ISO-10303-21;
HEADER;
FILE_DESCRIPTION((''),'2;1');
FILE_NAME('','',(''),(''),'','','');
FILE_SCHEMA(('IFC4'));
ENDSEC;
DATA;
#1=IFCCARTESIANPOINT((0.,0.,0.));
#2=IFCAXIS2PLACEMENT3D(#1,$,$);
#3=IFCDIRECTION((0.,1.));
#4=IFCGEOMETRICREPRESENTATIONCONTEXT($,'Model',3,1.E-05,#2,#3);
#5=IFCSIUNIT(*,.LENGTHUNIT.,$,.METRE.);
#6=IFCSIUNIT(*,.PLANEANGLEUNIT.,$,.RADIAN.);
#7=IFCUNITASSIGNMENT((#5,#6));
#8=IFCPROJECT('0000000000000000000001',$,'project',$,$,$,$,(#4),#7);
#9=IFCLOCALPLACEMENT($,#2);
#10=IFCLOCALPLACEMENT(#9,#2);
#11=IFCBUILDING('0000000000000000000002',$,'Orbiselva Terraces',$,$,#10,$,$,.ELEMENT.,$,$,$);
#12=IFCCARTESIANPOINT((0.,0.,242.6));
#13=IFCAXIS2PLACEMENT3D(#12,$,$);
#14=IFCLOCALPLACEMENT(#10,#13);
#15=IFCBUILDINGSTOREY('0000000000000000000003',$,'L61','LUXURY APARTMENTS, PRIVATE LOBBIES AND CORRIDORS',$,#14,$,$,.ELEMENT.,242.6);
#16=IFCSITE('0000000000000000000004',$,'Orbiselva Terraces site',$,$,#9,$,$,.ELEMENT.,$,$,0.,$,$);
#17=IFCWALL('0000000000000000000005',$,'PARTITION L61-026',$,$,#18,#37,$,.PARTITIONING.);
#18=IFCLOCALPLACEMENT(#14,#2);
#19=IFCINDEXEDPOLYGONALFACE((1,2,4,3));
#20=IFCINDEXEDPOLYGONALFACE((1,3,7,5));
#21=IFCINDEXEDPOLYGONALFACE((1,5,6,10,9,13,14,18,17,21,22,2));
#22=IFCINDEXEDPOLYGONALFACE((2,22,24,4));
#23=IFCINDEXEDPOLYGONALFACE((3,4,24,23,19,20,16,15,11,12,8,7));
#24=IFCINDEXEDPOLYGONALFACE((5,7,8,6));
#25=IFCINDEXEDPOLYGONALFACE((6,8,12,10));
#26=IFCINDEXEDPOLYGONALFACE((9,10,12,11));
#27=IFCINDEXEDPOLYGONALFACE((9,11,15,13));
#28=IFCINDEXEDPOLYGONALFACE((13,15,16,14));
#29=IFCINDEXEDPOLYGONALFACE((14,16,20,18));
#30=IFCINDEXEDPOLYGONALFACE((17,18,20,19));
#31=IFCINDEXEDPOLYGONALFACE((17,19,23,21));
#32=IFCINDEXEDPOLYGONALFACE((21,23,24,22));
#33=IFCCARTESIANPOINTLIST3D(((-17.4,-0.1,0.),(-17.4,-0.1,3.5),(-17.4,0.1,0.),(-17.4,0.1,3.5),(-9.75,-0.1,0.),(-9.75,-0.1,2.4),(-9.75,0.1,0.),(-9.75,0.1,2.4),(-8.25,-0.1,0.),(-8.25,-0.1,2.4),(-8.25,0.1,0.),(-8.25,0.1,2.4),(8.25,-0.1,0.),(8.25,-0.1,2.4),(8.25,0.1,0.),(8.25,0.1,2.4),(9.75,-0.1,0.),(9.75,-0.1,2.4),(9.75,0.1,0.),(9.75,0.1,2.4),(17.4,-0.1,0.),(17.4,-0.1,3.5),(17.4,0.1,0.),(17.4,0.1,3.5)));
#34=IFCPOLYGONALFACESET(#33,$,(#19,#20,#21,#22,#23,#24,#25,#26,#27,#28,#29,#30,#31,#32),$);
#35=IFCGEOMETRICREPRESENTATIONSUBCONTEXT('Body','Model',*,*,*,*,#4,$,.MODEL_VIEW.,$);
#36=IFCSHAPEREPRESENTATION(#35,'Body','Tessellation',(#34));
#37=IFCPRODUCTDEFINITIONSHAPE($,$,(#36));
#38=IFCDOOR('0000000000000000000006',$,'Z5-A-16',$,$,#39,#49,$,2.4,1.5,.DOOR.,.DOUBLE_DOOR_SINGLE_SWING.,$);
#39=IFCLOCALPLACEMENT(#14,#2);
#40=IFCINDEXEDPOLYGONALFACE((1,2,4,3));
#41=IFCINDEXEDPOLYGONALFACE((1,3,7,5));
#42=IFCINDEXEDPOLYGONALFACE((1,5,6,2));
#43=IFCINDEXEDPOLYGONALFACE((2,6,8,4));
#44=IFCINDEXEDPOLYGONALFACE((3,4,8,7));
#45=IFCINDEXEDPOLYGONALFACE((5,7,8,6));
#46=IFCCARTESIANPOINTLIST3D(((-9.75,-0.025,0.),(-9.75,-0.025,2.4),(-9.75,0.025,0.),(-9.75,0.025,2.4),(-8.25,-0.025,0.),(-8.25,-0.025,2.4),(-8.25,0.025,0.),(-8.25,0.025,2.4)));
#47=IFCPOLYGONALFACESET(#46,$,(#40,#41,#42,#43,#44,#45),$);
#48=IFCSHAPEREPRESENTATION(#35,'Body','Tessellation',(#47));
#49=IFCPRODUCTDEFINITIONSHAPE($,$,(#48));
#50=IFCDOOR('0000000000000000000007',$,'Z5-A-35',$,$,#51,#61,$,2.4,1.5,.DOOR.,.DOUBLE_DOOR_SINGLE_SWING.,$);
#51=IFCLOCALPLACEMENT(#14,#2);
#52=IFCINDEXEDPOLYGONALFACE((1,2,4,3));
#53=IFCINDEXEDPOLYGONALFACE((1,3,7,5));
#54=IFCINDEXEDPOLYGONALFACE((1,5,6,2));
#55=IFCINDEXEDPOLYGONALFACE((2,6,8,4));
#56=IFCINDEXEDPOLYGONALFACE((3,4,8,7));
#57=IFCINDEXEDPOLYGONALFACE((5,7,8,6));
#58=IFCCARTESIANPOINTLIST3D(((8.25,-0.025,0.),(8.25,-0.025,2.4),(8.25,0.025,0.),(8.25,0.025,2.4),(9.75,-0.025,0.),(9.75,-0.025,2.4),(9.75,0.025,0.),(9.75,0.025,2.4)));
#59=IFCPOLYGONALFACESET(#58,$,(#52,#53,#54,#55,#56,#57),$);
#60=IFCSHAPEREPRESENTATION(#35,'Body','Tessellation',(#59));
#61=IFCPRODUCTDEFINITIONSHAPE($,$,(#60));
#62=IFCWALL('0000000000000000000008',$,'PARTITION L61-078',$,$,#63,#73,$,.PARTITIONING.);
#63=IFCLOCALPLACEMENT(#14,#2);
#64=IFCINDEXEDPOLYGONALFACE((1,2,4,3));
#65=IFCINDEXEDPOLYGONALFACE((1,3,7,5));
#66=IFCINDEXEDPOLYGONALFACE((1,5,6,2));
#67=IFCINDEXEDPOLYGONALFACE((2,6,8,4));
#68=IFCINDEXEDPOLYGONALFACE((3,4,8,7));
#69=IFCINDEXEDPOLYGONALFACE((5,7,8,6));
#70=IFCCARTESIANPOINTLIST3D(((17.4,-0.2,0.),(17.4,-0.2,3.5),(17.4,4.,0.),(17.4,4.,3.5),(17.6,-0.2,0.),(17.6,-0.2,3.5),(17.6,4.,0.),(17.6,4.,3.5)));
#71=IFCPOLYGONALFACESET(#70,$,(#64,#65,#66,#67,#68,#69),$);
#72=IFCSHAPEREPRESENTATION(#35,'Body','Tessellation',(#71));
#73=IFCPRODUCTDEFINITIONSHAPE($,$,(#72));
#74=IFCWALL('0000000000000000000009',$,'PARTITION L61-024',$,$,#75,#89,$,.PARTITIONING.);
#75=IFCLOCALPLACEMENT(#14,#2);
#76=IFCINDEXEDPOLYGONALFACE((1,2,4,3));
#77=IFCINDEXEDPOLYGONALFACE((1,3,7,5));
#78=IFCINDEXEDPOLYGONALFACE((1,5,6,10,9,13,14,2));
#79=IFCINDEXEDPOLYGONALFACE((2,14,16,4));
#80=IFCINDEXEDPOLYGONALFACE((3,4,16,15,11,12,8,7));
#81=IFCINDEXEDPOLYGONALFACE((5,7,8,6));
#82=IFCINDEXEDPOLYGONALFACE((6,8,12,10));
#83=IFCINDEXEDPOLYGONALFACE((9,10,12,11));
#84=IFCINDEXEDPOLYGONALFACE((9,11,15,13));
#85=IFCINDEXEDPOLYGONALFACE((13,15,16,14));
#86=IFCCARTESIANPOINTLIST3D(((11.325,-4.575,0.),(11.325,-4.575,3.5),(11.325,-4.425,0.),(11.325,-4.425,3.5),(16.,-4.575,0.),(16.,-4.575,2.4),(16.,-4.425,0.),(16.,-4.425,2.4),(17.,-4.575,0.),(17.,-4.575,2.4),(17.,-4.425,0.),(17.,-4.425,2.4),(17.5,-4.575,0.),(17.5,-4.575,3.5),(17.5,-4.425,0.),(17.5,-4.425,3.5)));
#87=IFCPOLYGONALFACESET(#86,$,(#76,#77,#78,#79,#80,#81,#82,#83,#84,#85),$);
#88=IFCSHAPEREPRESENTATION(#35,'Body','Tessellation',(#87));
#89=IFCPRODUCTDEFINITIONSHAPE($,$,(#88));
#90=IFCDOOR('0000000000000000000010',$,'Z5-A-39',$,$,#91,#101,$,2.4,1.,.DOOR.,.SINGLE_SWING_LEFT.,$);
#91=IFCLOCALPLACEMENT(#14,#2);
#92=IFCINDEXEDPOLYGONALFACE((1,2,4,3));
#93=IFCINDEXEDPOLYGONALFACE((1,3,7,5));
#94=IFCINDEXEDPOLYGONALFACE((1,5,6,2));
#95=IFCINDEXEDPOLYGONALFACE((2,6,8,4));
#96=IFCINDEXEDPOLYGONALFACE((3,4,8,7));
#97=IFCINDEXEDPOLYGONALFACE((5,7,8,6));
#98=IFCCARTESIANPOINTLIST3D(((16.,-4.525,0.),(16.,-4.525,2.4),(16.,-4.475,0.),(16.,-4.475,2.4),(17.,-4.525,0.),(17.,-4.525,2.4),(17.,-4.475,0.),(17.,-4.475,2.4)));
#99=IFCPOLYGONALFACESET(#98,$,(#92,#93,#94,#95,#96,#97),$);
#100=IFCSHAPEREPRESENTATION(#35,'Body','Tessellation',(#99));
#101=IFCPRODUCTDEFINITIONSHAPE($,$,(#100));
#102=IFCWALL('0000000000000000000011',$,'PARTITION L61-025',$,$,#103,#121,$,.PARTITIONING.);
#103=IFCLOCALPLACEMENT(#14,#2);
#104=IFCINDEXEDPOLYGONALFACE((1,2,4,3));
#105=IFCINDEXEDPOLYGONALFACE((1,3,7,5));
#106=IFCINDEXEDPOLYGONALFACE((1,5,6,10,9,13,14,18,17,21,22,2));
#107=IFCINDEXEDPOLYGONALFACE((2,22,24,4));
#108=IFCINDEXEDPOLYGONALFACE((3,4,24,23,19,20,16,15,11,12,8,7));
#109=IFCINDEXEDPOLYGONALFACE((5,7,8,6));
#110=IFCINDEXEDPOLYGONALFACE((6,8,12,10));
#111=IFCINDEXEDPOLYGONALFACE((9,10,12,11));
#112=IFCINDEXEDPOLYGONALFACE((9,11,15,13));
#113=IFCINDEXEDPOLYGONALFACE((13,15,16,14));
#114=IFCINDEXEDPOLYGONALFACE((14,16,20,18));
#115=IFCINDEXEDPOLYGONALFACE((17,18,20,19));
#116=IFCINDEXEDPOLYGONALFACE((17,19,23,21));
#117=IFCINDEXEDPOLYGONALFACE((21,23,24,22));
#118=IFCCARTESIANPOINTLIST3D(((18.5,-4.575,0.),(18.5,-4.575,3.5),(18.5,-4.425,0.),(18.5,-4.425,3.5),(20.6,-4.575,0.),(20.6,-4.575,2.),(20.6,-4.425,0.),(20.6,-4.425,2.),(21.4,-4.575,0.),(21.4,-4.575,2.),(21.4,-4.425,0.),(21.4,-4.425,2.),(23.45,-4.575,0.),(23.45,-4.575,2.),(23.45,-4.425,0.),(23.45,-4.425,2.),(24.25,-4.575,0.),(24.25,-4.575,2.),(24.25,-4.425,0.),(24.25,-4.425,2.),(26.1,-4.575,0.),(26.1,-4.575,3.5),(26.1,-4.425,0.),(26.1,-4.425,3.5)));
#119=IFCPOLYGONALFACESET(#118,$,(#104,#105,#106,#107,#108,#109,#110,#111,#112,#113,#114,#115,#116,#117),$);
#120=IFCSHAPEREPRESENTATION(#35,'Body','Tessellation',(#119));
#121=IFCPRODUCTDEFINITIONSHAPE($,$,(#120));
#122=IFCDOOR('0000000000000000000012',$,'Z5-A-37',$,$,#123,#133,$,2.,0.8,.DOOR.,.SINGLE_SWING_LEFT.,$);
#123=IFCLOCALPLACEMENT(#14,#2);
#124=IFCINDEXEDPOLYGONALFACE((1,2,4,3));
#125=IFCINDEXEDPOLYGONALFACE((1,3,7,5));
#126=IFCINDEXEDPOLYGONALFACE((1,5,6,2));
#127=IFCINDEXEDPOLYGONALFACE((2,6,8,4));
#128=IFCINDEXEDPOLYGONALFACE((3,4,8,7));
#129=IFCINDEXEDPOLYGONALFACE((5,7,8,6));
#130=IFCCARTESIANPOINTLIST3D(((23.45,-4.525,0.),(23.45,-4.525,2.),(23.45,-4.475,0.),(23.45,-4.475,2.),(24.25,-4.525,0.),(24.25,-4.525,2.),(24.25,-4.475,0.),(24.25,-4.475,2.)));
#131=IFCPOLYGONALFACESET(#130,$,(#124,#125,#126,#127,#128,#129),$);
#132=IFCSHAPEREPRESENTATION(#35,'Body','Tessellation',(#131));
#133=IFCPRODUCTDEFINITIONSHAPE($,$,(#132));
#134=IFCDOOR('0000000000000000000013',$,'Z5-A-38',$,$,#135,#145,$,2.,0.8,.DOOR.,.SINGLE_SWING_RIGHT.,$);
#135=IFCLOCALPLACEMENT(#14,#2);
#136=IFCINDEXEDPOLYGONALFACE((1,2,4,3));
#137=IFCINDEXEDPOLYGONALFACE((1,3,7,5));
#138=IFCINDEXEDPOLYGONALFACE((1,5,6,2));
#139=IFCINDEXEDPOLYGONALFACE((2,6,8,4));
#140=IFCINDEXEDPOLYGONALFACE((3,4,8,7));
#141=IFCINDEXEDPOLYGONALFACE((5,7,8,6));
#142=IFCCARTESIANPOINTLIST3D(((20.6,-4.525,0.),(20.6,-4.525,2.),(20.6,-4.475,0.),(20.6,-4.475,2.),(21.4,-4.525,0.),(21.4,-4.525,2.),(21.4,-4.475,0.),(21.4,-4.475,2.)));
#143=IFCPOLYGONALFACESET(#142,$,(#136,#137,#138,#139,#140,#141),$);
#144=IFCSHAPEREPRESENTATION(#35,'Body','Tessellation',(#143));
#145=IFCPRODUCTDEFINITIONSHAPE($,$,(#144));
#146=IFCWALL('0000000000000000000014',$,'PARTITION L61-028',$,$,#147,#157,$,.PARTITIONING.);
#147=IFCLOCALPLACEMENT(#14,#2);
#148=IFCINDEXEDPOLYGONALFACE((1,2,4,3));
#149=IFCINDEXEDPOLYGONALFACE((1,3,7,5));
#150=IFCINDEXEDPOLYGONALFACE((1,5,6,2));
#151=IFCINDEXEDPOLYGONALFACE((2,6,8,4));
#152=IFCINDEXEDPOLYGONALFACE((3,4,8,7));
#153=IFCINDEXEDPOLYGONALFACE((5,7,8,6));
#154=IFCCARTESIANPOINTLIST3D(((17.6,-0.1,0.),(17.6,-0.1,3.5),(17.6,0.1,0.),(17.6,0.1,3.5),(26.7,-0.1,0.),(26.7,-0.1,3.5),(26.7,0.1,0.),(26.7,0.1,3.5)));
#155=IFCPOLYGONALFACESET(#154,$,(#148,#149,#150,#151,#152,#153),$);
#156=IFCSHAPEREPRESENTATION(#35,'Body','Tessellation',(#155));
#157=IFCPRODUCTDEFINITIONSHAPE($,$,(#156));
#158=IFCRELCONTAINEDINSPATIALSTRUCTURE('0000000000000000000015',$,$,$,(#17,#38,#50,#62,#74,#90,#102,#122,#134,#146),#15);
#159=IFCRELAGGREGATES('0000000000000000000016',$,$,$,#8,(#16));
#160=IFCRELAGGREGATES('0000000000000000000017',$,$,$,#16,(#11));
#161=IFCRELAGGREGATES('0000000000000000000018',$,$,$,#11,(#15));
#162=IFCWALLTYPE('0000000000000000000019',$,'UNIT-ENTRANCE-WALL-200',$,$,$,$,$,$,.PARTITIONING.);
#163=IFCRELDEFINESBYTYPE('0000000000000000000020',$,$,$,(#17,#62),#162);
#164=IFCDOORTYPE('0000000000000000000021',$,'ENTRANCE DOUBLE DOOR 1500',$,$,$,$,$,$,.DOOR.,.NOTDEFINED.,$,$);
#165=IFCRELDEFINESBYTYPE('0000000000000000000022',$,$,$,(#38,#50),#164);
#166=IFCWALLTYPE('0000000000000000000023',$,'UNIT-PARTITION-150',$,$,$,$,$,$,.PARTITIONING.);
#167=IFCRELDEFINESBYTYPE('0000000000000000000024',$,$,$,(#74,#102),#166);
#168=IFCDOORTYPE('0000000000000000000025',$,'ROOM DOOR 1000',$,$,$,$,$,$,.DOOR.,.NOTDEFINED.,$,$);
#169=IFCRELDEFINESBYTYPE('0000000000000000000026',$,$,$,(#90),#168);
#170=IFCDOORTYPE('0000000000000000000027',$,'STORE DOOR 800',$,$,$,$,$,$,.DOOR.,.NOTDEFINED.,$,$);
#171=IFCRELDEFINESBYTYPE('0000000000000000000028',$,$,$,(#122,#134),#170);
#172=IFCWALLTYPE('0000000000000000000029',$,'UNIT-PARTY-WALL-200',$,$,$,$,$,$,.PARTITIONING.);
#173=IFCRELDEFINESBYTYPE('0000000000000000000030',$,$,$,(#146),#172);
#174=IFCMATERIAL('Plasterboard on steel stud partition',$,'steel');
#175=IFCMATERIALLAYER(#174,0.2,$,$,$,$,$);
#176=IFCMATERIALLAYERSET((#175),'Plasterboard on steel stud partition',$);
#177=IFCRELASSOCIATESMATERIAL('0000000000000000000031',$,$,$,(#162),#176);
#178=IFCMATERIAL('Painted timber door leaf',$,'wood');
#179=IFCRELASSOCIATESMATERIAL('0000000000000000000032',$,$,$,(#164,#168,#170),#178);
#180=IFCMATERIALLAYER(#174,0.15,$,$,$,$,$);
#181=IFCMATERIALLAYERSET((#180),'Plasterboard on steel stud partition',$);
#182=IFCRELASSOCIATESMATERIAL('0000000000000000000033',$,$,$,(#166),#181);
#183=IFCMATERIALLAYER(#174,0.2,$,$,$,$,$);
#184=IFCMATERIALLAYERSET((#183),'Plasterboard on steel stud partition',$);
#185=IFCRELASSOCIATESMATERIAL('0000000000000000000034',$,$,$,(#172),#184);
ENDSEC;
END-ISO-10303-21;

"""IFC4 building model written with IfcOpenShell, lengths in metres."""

from ifc_helpers import new_model, si_unit, direction, frame, frame_2d, origin, place, context, subcontext, project, spatial, rectangle, extrude, material, layer, layer_set, type_object, element, fill, save


model = new_model("IFC4")

# Units and contexts
model_context = context("Model", 3, precision=1e-05, world=origin(), true_north=direction((0.0, 1.0)))
body_context = subcontext(model_context, "Body", "Model", "MODEL_VIEW")
ifc_project = project(units=[si_unit("LENGTHUNIT", "METRE"), si_unit("PLANEANGLEUNIT", "RADIAN")], contexts=[model_context])

# Site, building, storey
site_placement = place(None, origin())
site = spatial("IfcSite", under=ifc_project, at=site_placement, Name="Orbiselva Terraces site", CompositionType="ELEMENT", RefElevation=0.0)
building_placement = place(site_placement, origin())
building = spatial("IfcBuilding", under=site, at=building_placement, Name="Orbiselva Terraces", CompositionType="ELEMENT")
storey_placement = place(building_placement, frame((0.0, 0.0, 242.6)))
storey = spatial("IfcBuildingStorey", under=building, at=storey_placement, Name="L61", Description="LUXURY APARTMENTS, PRIVATE LOBBIES AND CORRIDORS", CompositionType="ELEMENT", Elevation=242.6)

# Wall, openings, doors
ifc_material_1 = material(Name="Plasterboard on steel stud partition", Category="steel")
ifc_layer_1 = layer(ifc_material_1, 0.2)
ifc_layer_set_1 = layer_set([ifc_layer_1], Name="Plasterboard on steel stud partition")
wall_type_1 = type_object("IfcWallType", Name="UNIT-ENTRANCE-WALL-200", PredefinedType="PARTITIONING", material=ifc_layer_set_1)
wall_1_placement = place(storey_placement, frame((17.4, 0.0, 0.0), z_axis=(0.0, 0.0, 1.0), x_axis=(-1.0, 0.0, 0.0)))
wall_1 = element("IfcWall", 1, at=wall_1_placement, inside=storey, type_object=wall_type_1, Name="PARTITION L61-026", PredefinedType="PARTITIONING", context=body_context, shape_type="SweptSolid", body=[
    extrude(rectangle(XDim=34.8, YDim=0.2, at=frame_2d((17.4, 0.0))), origin(), (0.0, 0.0, 1.0), 3.5),
])
opening_1_placement = place(wall_1_placement, frame((25.65, 0.0, 0.0)))
opening_1 = element("IfcOpeningElement", 2, at=opening_1_placement, cuts=wall_1, PredefinedType="OPENING", context=body_context, shape_type="SweptSolid", body=[
    extrude(rectangle(XDim=1.5, YDim=2.4, at=frame_2d((0.75, 1.2))), frame((0.0, 0.11, 0.0), z_axis=(0.0, -1.0, 0.0), x_axis=(1.0, 0.0, 0.0)), (0.0, 0.0, 1.0), 0.22),
])
opening_2_placement = place(wall_1_placement, frame((7.65, 0.0, 0.0)))
opening_2 = element("IfcOpeningElement", 3, at=opening_2_placement, cuts=wall_1, PredefinedType="OPENING", context=body_context, shape_type="SweptSolid", body=[
    extrude(rectangle(XDim=1.5, YDim=2.4, at=frame_2d((0.75, 1.2))), frame((0.0, 0.11, 0.0), z_axis=(0.0, -1.0, 0.0), x_axis=(1.0, 0.0, 0.0)), (0.0, 0.0, 1.0), 0.22),
])
ifc_material_2 = material(Name="Painted timber door leaf", Category="wood")
door_type_1 = type_object("IfcDoorType", Name="ENTRANCE DOUBLE DOOR 1500", OperationType="NOTDEFINED", PredefinedType="DOOR", material=ifc_material_2)
door_1_placement = place(opening_1_placement, origin())
door_1 = element("IfcDoor", 4, at=door_1_placement, inside=storey, type_object=door_type_1, Name="Z5-A-16", OperationType="DOUBLE_DOOR_SINGLE_SWING", OverallHeight=2.4, OverallWidth=1.5, PredefinedType="DOOR", context=body_context, shape_type="SweptSolid", body=[
    extrude(rectangle(XDim=1.5, YDim=2.4, at=frame_2d((0.75, 1.2))), frame((0.0, 0.025, 0.0), z_axis=(0.0, -1.0, 0.0), x_axis=(1.0, 0.0, 0.0)), (0.0, 0.0, 1.0), 0.05),
])
fill(opening_1, door_1)
door_2_placement = place(opening_2_placement, origin())
door_2 = element("IfcDoor", 5, at=door_2_placement, inside=storey, type_object=door_type_1, Name="Z5-A-35", OperationType="DOUBLE_DOOR_SINGLE_SWING", OverallHeight=2.4, OverallWidth=1.5, PredefinedType="DOOR", context=body_context, shape_type="SweptSolid", body=[
    extrude(rectangle(XDim=1.5, YDim=2.4, at=frame_2d((0.75, 1.2))), frame((0.0, 0.025, 0.0), z_axis=(0.0, -1.0, 0.0), x_axis=(1.0, 0.0, 0.0)), (0.0, 0.0, 1.0), 0.05),
])
fill(opening_2, door_2)

# Wall
wall_2_placement = place(storey_placement, frame((17.5, -0.2, 0.0), z_axis=(0.0, 0.0, 1.0), x_axis=(0.0, 1.0, 0.0)))
element("IfcWall", 6, at=wall_2_placement, inside=storey, type_object=wall_type_1, Name="PARTITION L61-078", PredefinedType="PARTITIONING", context=body_context, shape_type="SweptSolid", body=[
    extrude(rectangle(XDim=4.2, YDim=0.2, at=frame_2d((2.1, 0.0))), origin(), (0.0, 0.0, 1.0), 3.5),
])

# Wall, opening, door
ifc_layer_2 = layer(ifc_material_1, 0.15)
ifc_layer_set_2 = layer_set([ifc_layer_2], Name="Plasterboard on steel stud partition")
wall_type_2 = type_object("IfcWallType", Name="UNIT-PARTITION-150", PredefinedType="PARTITIONING", material=ifc_layer_set_2)
wall_3_placement = place(storey_placement, frame((17.5, -4.5, 0.0), z_axis=(0.0, 0.0, 1.0), x_axis=(-1.0, 0.0, 0.0)))
wall_3 = element("IfcWall", 7, at=wall_3_placement, inside=storey, type_object=wall_type_2, Name="PARTITION L61-024", PredefinedType="PARTITIONING", context=body_context, shape_type="SweptSolid", body=[
    extrude(rectangle(XDim=6.175, YDim=0.15, at=frame_2d((3.0875, 0.0))), origin(), (0.0, 0.0, 1.0), 3.5),
])
opening_3_placement = place(wall_3_placement, frame((0.5, 0.0, 0.0)))
opening_3 = element("IfcOpeningElement", 8, at=opening_3_placement, cuts=wall_3, PredefinedType="OPENING", context=body_context, shape_type="SweptSolid", body=[
    extrude(rectangle(XDim=1.0, YDim=2.4, at=frame_2d((0.5, 1.2))), frame((0.0, 0.085, 0.0), z_axis=(0.0, -1.0, 0.0), x_axis=(1.0, 0.0, 0.0)), (0.0, 0.0, 1.0), 0.17),
])
door_type_2 = type_object("IfcDoorType", Name="ROOM DOOR 1000", OperationType="NOTDEFINED", PredefinedType="DOOR", material=ifc_material_2)
door_3_placement = place(opening_3_placement, origin())
door_3 = element("IfcDoor", 9, at=door_3_placement, inside=storey, type_object=door_type_2, Name="Z5-A-39", OperationType="SINGLE_SWING_LEFT", OverallHeight=2.4, OverallWidth=1.0, PredefinedType="DOOR", context=body_context, shape_type="SweptSolid", body=[
    extrude(rectangle(XDim=1.0, YDim=2.4, at=frame_2d((0.5, 1.2))), frame((0.0, 0.025, 0.0), z_axis=(0.0, -1.0, 0.0), x_axis=(1.0, 0.0, 0.0)), (0.0, 0.0, 1.0), 0.05),
])
fill(opening_3, door_3)

# Wall, openings, doors
wall_4_placement = place(storey_placement, frame((26.1, -4.5, 0.0), z_axis=(0.0, 0.0, 1.0), x_axis=(-1.0, 0.0, 0.0)))
wall_4 = element("IfcWall", 10, at=wall_4_placement, inside=storey, type_object=wall_type_2, Name="PARTITION L61-025", PredefinedType="PARTITIONING", context=body_context, shape_type="SweptSolid", body=[
    extrude(rectangle(XDim=7.6, YDim=0.15, at=frame_2d((3.8, 0.0))), origin(), (0.0, 0.0, 1.0), 3.5),
])
opening_4_placement = place(wall_4_placement, frame((1.85, 0.0, 0.0)))
opening_4 = element("IfcOpeningElement", 11, at=opening_4_placement, cuts=wall_4, PredefinedType="OPENING", context=body_context, shape_type="SweptSolid", body=[
    extrude(rectangle(XDim=0.8, YDim=2.0, at=frame_2d((0.4, 1.0))), frame((0.0, 0.085, 0.0), z_axis=(0.0, -1.0, 0.0), x_axis=(1.0, 0.0, 0.0)), (0.0, 0.0, 1.0), 0.17),
])
opening_5_placement = place(wall_4_placement, frame((4.7, 0.0, 0.0)))
opening_5 = element("IfcOpeningElement", 12, at=opening_5_placement, cuts=wall_4, PredefinedType="OPENING", context=body_context, shape_type="SweptSolid", body=[
    extrude(rectangle(XDim=0.8, YDim=2.0, at=frame_2d((0.4, 1.0))), frame((0.0, 0.085, 0.0), z_axis=(0.0, -1.0, 0.0), x_axis=(1.0, 0.0, 0.0)), (0.0, 0.0, 1.0), 0.17),
])
door_type_3 = type_object("IfcDoorType", Name="STORE DOOR 800", OperationType="NOTDEFINED", PredefinedType="DOOR", material=ifc_material_2)
door_4_placement = place(opening_4_placement, origin())
door_4 = element("IfcDoor", 13, at=door_4_placement, inside=storey, type_object=door_type_3, Name="Z5-A-37", OperationType="SINGLE_SWING_LEFT", OverallHeight=2.0, OverallWidth=0.8, PredefinedType="DOOR", context=body_context, shape_type="SweptSolid", body=[
    extrude(rectangle(XDim=0.8, YDim=2.0, at=frame_2d((0.4, 1.0))), frame((0.0, 0.025, 0.0), z_axis=(0.0, -1.0, 0.0), x_axis=(1.0, 0.0, 0.0)), (0.0, 0.0, 1.0), 0.05),
])
fill(opening_4, door_4)
door_5_placement = place(opening_5_placement, origin())
door_5 = element("IfcDoor", 14, at=door_5_placement, inside=storey, type_object=door_type_3, Name="Z5-A-38", OperationType="SINGLE_SWING_RIGHT", OverallHeight=2.0, OverallWidth=0.8, PredefinedType="DOOR", context=body_context, shape_type="SweptSolid", body=[
    extrude(rectangle(XDim=0.8, YDim=2.0, at=frame_2d((0.4, 1.0))), frame((0.0, 0.025, 0.0), z_axis=(0.0, -1.0, 0.0), x_axis=(1.0, 0.0, 0.0)), (0.0, 0.0, 1.0), 0.05),
])
fill(opening_5, door_5)

# Wall
ifc_layer_3 = layer(ifc_material_1, 0.2)
ifc_layer_set_3 = layer_set([ifc_layer_3], Name="Plasterboard on steel stud partition")
wall_type_3 = type_object("IfcWallType", Name="UNIT-PARTY-WALL-200", PredefinedType="PARTITIONING", material=ifc_layer_set_3)
wall_5_placement = place(storey_placement, frame((17.6, 0.0, 0.0), z_axis=(0.0, 0.0, 1.0), x_axis=(1.0, 0.0, 0.0)))
element("IfcWall", 15, at=wall_5_placement, inside=storey, type_object=wall_type_3, Name="PARTITION L61-028", PredefinedType="PARTITIONING", context=body_context, shape_type="SweptSolid", body=[
    extrude(rectangle(XDim=9.1, YDim=0.2, at=frame_2d((4.55, 0.0))), origin(), (0.0, 0.0, 1.0), 3.5),
])

save(model, "model.ifc")
